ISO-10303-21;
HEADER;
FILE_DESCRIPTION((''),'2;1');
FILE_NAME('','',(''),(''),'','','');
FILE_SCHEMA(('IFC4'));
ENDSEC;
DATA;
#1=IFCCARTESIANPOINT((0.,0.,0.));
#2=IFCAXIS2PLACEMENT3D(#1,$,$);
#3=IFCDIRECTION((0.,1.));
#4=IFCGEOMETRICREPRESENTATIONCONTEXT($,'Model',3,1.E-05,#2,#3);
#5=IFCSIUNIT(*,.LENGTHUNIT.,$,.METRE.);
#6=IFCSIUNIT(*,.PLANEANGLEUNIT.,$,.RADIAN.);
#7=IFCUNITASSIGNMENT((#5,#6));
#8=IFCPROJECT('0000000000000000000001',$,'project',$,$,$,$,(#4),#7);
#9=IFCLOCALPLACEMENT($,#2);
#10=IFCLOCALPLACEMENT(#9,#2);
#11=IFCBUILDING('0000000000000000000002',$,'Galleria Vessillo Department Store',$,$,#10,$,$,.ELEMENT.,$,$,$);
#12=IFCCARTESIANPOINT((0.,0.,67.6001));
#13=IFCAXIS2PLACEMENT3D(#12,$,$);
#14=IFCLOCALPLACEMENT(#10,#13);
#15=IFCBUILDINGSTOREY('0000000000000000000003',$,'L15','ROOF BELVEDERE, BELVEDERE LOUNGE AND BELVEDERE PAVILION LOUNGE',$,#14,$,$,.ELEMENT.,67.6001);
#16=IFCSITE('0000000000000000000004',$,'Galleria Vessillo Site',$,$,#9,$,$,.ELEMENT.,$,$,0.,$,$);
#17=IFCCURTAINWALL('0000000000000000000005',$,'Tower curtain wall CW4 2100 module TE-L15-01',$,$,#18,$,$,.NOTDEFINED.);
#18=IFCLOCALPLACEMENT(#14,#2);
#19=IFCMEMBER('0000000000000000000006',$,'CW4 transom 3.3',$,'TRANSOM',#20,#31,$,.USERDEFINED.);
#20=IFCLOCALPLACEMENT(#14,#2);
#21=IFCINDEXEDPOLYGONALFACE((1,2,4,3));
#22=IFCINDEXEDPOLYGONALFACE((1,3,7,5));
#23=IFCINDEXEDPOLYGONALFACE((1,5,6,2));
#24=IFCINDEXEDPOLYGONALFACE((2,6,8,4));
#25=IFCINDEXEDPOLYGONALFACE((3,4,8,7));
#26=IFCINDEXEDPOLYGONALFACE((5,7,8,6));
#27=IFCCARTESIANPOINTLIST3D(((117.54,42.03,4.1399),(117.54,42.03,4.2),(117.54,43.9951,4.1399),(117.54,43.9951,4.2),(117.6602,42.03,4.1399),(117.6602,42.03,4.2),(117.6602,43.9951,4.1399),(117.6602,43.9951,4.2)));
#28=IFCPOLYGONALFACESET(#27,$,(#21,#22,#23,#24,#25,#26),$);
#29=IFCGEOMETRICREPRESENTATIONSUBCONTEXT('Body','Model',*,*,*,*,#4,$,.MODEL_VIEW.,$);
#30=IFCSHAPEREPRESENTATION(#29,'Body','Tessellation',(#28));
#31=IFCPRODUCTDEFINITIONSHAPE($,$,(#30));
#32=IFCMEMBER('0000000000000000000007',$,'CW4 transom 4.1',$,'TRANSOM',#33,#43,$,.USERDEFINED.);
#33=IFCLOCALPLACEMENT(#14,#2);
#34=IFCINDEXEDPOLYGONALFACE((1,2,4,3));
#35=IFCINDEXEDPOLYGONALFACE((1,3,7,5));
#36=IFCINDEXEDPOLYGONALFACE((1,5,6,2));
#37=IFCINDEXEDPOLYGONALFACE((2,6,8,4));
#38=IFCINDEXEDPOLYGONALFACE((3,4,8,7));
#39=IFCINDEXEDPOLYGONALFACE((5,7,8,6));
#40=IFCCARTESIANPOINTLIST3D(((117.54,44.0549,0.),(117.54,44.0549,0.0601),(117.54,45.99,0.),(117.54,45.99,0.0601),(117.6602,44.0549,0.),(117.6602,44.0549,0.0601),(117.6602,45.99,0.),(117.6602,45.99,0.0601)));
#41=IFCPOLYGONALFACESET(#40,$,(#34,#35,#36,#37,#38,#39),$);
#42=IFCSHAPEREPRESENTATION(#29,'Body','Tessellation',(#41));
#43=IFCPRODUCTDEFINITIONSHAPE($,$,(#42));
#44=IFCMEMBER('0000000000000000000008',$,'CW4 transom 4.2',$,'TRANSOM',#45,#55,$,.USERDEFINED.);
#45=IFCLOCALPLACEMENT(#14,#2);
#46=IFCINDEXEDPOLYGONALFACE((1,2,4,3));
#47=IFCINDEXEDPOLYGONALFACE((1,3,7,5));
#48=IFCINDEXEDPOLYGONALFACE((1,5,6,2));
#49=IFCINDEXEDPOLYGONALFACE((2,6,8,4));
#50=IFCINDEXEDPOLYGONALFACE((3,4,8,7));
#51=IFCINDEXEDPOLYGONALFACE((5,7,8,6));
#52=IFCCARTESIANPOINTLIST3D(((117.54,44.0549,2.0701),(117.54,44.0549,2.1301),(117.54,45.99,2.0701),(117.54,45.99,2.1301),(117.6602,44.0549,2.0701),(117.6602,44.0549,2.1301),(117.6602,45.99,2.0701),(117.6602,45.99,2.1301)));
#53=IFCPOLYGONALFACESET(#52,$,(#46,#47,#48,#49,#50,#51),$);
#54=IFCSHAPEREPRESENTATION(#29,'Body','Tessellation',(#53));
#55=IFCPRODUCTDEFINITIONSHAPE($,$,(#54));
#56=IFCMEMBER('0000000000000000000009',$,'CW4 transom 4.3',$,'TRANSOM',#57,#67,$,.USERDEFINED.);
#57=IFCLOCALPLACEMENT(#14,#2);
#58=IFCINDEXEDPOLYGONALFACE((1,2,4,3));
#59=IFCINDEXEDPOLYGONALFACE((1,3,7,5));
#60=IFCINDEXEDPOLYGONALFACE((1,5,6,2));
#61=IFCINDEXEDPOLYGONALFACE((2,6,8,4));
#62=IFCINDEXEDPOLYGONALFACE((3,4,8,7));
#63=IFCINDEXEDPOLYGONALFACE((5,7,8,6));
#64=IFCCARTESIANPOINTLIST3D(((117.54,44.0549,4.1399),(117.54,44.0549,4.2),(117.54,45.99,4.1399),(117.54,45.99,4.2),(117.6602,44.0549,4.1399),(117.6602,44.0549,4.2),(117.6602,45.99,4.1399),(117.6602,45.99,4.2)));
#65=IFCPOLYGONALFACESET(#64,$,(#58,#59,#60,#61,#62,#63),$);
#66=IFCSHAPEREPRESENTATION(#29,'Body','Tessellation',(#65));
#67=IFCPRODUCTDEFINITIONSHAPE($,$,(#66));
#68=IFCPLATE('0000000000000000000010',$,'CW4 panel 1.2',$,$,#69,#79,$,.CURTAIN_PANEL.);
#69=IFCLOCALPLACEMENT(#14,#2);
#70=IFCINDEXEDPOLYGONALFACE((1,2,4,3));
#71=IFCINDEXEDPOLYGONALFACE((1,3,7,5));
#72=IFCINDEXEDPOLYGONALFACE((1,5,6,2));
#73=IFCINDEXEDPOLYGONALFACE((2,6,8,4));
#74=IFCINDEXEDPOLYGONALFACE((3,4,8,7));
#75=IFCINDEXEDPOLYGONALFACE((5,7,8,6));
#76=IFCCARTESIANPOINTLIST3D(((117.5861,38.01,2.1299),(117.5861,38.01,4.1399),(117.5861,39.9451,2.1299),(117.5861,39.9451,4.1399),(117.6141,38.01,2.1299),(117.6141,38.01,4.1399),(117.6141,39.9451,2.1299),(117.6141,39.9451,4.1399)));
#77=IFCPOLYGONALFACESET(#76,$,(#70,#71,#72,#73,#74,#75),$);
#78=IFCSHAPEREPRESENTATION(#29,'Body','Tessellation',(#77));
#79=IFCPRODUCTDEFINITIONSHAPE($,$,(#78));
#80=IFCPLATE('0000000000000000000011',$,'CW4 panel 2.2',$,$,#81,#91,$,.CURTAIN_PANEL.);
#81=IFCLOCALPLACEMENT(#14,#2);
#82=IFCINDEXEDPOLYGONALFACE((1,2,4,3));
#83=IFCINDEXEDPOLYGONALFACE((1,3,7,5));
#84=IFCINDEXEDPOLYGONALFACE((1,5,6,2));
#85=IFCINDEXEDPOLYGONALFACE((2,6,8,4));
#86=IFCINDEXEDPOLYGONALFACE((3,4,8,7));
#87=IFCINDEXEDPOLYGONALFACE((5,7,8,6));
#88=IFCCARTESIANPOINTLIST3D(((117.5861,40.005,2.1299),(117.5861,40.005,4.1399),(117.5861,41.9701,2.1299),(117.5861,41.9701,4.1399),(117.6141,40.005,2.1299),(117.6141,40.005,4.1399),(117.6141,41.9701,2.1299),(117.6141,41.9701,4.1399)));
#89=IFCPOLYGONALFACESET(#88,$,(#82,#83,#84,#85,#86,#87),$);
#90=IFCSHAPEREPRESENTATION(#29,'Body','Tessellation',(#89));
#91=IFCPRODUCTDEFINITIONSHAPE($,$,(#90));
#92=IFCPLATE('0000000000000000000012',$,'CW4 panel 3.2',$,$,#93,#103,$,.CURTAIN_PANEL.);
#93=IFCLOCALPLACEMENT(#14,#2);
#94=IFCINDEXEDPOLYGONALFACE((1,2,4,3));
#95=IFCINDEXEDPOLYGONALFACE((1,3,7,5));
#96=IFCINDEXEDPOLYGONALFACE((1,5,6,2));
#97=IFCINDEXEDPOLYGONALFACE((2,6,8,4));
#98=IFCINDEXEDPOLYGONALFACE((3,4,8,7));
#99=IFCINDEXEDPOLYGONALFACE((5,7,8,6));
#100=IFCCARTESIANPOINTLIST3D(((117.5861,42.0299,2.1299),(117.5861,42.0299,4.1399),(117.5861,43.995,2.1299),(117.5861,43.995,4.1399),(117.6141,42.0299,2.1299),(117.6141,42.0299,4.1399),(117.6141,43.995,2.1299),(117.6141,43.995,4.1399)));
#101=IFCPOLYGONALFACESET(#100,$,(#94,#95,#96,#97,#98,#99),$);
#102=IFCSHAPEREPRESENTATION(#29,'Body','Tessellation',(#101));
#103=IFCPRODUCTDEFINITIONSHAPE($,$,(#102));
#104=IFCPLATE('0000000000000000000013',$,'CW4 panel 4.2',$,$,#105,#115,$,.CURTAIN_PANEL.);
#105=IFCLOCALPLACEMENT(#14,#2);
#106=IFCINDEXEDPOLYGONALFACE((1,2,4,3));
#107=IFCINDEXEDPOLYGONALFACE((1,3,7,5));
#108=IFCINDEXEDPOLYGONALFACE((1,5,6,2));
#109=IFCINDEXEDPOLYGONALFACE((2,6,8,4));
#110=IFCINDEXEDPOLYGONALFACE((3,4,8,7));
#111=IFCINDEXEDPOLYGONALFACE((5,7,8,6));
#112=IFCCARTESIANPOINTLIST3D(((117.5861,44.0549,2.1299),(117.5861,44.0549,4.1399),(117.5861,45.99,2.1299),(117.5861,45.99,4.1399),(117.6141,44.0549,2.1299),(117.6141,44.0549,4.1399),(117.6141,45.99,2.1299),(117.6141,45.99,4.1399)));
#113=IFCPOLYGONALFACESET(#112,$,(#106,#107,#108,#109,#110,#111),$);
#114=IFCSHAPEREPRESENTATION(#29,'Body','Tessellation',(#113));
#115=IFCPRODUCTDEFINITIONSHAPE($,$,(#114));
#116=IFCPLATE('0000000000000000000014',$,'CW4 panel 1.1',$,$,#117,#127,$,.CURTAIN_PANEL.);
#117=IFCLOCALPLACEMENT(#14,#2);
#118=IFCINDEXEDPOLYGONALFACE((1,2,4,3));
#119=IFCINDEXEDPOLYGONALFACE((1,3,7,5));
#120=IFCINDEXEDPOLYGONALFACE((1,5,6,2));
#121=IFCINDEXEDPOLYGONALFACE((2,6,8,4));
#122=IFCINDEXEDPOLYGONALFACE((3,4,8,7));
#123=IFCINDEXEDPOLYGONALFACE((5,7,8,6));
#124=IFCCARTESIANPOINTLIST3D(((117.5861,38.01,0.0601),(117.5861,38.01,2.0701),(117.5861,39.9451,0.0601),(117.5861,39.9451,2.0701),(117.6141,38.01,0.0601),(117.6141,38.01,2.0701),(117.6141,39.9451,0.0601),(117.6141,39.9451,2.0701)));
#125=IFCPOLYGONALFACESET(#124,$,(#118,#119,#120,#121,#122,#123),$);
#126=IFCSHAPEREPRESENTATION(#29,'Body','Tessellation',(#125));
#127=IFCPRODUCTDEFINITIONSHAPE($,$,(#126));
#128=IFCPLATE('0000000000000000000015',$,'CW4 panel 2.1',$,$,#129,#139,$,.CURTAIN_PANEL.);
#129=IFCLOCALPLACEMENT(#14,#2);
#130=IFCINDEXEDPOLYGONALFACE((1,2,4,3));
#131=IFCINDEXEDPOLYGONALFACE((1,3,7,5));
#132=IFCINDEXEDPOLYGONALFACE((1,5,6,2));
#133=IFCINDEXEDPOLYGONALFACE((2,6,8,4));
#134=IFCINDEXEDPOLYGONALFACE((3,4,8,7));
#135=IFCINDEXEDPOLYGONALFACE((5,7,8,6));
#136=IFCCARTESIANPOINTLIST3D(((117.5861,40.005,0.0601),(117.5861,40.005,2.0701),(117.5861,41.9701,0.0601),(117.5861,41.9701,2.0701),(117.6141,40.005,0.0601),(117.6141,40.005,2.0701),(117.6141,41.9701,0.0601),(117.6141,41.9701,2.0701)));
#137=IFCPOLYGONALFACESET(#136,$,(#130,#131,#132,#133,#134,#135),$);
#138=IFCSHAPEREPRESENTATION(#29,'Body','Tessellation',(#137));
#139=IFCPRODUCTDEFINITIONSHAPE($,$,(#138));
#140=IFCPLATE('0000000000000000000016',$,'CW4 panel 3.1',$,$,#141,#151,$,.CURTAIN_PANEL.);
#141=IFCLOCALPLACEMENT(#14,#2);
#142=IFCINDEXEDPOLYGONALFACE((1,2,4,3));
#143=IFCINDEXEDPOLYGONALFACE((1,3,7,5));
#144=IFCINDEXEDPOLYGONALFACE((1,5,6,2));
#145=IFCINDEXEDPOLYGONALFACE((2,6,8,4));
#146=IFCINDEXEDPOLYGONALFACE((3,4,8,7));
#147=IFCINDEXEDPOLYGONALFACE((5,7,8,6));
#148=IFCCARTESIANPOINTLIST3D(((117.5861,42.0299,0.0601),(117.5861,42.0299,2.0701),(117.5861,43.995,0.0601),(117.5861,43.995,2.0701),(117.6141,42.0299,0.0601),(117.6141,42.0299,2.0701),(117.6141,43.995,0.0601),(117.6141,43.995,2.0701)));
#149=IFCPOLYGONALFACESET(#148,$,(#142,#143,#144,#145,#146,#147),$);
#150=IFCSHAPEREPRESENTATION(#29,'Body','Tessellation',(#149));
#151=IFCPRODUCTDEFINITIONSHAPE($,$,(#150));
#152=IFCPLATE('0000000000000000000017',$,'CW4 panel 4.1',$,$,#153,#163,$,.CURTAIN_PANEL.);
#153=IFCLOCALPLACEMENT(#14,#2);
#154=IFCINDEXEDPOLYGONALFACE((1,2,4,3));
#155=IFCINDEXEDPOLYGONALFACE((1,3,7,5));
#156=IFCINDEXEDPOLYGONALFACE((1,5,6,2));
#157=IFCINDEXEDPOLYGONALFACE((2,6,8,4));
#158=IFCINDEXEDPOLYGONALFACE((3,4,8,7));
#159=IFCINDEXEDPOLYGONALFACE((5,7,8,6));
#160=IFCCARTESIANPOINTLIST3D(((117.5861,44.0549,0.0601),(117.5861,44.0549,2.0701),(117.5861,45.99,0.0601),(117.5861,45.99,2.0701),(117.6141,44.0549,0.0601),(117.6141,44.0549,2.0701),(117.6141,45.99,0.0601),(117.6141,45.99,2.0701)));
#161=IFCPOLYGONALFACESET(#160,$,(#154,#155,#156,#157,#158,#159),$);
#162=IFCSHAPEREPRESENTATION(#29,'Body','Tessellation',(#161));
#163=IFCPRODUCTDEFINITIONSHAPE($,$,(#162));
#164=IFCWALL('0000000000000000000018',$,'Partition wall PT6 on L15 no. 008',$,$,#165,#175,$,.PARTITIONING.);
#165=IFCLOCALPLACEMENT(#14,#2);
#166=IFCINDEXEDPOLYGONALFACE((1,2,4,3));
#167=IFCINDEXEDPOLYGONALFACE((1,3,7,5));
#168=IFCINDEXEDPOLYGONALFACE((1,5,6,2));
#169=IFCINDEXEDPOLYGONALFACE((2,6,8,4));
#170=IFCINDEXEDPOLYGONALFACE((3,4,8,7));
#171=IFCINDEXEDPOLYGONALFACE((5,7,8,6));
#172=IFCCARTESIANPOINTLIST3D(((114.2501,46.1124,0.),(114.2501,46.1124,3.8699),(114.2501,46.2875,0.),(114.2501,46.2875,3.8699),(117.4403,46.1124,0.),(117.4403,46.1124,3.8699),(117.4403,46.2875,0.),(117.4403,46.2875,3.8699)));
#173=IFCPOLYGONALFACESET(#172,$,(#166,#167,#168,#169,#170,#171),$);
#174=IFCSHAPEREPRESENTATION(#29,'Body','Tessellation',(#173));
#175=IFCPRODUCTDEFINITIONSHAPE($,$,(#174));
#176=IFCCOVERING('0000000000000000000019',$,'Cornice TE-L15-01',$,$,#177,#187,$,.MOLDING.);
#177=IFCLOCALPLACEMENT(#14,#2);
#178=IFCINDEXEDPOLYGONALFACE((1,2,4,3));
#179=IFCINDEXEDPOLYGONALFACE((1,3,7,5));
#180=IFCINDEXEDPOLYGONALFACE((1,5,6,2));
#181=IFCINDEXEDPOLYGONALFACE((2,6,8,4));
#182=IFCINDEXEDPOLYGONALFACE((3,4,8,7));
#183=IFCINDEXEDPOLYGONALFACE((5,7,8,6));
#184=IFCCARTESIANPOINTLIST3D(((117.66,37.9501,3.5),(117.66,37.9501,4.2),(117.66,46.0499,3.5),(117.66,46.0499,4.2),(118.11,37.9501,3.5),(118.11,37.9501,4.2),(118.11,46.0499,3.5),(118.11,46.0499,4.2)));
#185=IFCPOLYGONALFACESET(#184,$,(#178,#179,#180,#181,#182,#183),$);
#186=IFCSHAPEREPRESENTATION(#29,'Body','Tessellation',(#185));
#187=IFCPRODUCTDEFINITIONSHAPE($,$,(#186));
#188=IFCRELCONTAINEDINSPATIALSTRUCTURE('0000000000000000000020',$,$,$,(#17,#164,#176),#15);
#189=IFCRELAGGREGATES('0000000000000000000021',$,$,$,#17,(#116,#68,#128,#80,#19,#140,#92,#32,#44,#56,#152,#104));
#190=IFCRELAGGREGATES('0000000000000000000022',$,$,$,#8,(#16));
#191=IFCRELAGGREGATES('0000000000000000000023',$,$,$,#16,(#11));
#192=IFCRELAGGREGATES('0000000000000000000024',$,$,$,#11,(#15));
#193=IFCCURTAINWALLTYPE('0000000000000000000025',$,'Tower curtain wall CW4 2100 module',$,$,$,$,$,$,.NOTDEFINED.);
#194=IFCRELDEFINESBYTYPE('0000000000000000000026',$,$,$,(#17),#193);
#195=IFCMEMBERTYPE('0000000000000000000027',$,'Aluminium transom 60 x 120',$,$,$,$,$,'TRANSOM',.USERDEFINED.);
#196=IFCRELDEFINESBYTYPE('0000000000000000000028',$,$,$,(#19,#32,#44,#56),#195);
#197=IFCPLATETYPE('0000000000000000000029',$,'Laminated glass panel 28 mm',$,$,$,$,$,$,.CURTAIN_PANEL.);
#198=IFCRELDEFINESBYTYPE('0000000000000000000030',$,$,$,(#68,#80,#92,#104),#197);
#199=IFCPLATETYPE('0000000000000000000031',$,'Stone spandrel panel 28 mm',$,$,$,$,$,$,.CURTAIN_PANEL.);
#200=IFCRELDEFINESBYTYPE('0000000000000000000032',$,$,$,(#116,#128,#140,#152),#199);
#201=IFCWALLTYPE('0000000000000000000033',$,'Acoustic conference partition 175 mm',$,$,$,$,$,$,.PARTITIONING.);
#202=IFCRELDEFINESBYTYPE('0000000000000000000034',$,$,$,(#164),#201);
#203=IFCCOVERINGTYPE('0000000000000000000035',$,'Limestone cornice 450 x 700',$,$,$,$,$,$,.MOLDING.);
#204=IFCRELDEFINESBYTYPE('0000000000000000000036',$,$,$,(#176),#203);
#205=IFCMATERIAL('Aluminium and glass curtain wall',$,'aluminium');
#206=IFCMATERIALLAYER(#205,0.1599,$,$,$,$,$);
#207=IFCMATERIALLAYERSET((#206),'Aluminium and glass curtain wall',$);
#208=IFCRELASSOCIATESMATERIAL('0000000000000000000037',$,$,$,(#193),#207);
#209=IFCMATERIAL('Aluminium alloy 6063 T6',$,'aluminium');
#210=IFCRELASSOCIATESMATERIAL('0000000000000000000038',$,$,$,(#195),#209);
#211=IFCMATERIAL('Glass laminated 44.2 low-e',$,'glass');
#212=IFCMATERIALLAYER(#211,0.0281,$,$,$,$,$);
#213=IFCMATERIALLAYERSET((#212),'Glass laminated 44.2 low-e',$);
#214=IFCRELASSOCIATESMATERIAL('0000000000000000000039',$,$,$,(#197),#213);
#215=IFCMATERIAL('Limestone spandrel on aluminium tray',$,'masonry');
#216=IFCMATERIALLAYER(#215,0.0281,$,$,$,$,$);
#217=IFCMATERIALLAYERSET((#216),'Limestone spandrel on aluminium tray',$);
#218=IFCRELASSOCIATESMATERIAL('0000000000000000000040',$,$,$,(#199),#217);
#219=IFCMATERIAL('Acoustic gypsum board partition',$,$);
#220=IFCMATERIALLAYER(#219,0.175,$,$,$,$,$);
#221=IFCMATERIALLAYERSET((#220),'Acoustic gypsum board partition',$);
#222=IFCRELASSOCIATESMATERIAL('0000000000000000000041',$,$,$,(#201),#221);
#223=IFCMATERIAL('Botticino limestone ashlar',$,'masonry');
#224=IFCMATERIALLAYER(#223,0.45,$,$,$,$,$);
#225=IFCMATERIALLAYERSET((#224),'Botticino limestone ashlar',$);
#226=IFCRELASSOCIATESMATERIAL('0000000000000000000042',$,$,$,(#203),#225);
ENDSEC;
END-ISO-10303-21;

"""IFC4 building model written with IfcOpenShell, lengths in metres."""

from ifc_helpers import new_model, si_unit, direction, frame, frame_2d, origin, origin_2d, place, context, subcontext, project, spatial, rectangle, extrude, material, layer, layer_set, material_profile, profile_set, type_object, element, aggregate, save


model = new_model("IFC4")

# Units and contexts
model_context = context("Model", 3, precision=1e-05, world=origin(), true_north=direction((0.0, 1.0)))
body_context = subcontext(model_context, "Body", "Model", "MODEL_VIEW")
ifc_project = project(units=[si_unit("LENGTHUNIT", "METRE"), si_unit("PLANEANGLEUNIT", "RADIAN")], contexts=[model_context])

# Site, building, storey
site_placement = place(None, origin())
site = spatial("IfcSite", under=ifc_project, at=site_placement, Name="Galleria Vessillo Site", CompositionType="ELEMENT", RefElevation=0.0)
building_placement = place(site_placement, origin())
building = spatial("IfcBuilding", under=site, at=building_placement, Name="Galleria Vessillo Department Store", CompositionType="ELEMENT")
storey_placement = place(building_placement, frame((0.0, 0.0, 67.6001)))
storey = spatial("IfcBuildingStorey", under=building, at=storey_placement, Name="L15", Description="ROOF BELVEDERE, BELVEDERE LOUNGE AND BELVEDERE PAVILION LOUNGE", CompositionType="ELEMENT", Elevation=67.6001)

# Curtain wall, members, plates
ifc_material_1 = material(Name="Aluminium and glass curtain wall", Category="aluminium")
ifc_layer_1 = layer(ifc_material_1, 0.1599)
ifc_layer_set_1 = layer_set([ifc_layer_1], Name="Aluminium and glass curtain wall")
curtain_wall_type = type_object("IfcCurtainWallType", Name="Tower curtain wall CW4 2100 module", PredefinedType="NOTDEFINED", material=ifc_layer_set_1)
curtain_wall_placement = place(storey_placement, origin())
curtain_wall = element("IfcCurtainWall", 1, at=curtain_wall_placement, inside=storey, type_object=curtain_wall_type, Name="Tower curtain wall CW4 2100 module TE-L15-01", PredefinedType="NOTDEFINED")
ifc_material_2 = material(Name="Aluminium alloy 6063 T6", Category="aluminium")
ifc_material_profile_1 = material_profile(ifc_material_2, rectangle(XDim=0.1201, YDim=0.0601, at=origin_2d()), Name="AL 60x120")
ifc_profile_set_1 = profile_set([ifc_material_profile_1], Name="Aluminium alloy 6063 T6")
member_type_1 = type_object("IfcMemberType", Name="Aluminium transom 60 x 120", ElementType="TRANSOM", PredefinedType="USERDEFINED", material=ifc_profile_set_1)
member_1_placement = place(storey_placement, frame((117.6001, 42.03, 4.1699), z_axis=(0.0, 1.0, 0.0), x_axis=(-1.0, 0.0, 0.0)))
member_1 = element("IfcMember", 2, at=member_1_placement, type_object=member_type_1, Name="CW4 transom 3.3", ObjectType="TRANSOM", PredefinedType="USERDEFINED", context=body_context, shape_type="SweptSolid", body=[
    extrude(rectangle(XDim=0.1201, YDim=0.0601, at=origin_2d()), origin(), (0.0, 0.0, 1.0), 1.9651),
])
member_2_placement = place(storey_placement, frame((117.6001, 44.0549, 0.03), z_axis=(0.0, 1.0, 0.0), x_axis=(-1.0, 0.0, 0.0)))
member_2 = element("IfcMember", 3, at=member_2_placement, type_object=member_type_1, Name="CW4 transom 4.1", ObjectType="TRANSOM", PredefinedType="USERDEFINED", context=body_context, shape_type="SweptSolid", body=[
    extrude(rectangle(XDim=0.1201, YDim=0.0601, at=origin_2d()), origin(), (0.0, 0.0, 1.0), 1.9351),
])
member_3_placement = place(storey_placement, frame((117.6001, 44.0549, 2.1001), z_axis=(0.0, 1.0, 0.0), x_axis=(-1.0, 0.0, 0.0)))
member_3 = element("IfcMember", 4, at=member_3_placement, type_object=member_type_1, Name="CW4 transom 4.2", ObjectType="TRANSOM", PredefinedType="USERDEFINED", context=body_context, shape_type="SweptSolid", body=[
    extrude(rectangle(XDim=0.1201, YDim=0.0601, at=origin_2d()), origin(), (0.0, 0.0, 1.0), 1.9351),
])
member_4_placement = place(storey_placement, frame((117.6001, 44.0549, 4.1699), z_axis=(0.0, 1.0, 0.0), x_axis=(-1.0, 0.0, 0.0)))
member_4 = element("IfcMember", 5, at=member_4_placement, type_object=member_type_1, Name="CW4 transom 4.3", ObjectType="TRANSOM", PredefinedType="USERDEFINED", context=body_context, shape_type="SweptSolid", body=[
    extrude(rectangle(XDim=0.1201, YDim=0.0601, at=origin_2d()), origin(), (0.0, 0.0, 1.0), 1.9351),
])
ifc_material_3 = material(Name="Glass laminated 44.2 low-e", Category="glass")
ifc_layer_2 = layer(ifc_material_3, 0.0281)
ifc_layer_set_2 = layer_set([ifc_layer_2], Name="Glass laminated 44.2 low-e")
plate_type_1 = type_object("IfcPlateType", Name="Laminated glass panel 28 mm", PredefinedType="CURTAIN_PANEL", material=ifc_layer_set_2)
plate_1_placement = place(storey_placement, frame((117.6001, 38.9775, 2.1299), z_axis=(0.0, 0.0, 1.0), x_axis=(0.0, 1.0, 0.0)))
plate_1 = element("IfcPlate", 6, at=plate_1_placement, type_object=plate_type_1, Name="CW4 panel 1.2", PredefinedType="CURTAIN_PANEL", context=body_context, shape_type="SweptSolid", body=[
    extrude(rectangle(XDim=1.9351, YDim=0.0281, at=origin_2d()), origin(), (0.0, 0.0, 1.0), 2.01),
])
plate_2_placement = place(storey_placement, frame((117.6001, 40.9875, 2.1299), z_axis=(0.0, 0.0, 1.0), x_axis=(0.0, 1.0, 0.0)))
plate_2 = element("IfcPlate", 7, at=plate_2_placement, type_object=plate_type_1, Name="CW4 panel 2.2", PredefinedType="CURTAIN_PANEL", context=body_context, shape_type="SweptSolid", body=[
    extrude(rectangle(XDim=1.9651, YDim=0.0281, at=origin_2d()), origin(), (0.0, 0.0, 1.0), 2.01),
])
plate_3_placement = place(storey_placement, frame((117.6001, 43.0125, 2.1299), z_axis=(0.0, 0.0, 1.0), x_axis=(0.0, 1.0, 0.0)))
plate_3 = element("IfcPlate", 8, at=plate_3_placement, type_object=plate_type_1, Name="CW4 panel 3.2", PredefinedType="CURTAIN_PANEL", context=body_context, shape_type="SweptSolid", body=[
    extrude(rectangle(XDim=1.9651, YDim=0.0281, at=origin_2d()), origin(), (0.0, 0.0, 1.0), 2.01),
])
plate_4_placement = place(storey_placement, frame((117.6001, 45.0225, 2.1299), z_axis=(0.0, 0.0, 1.0), x_axis=(0.0, 1.0, 0.0)))
plate_4 = element("IfcPlate", 9, at=plate_4_placement, type_object=plate_type_1, Name="CW4 panel 4.2", PredefinedType="CURTAIN_PANEL", context=body_context, shape_type="SweptSolid", body=[
    extrude(rectangle(XDim=1.9351, YDim=0.0281, at=origin_2d()), origin(), (0.0, 0.0, 1.0), 2.01),
])
ifc_material_4 = material(Name="Limestone spandrel on aluminium tray", Category="masonry")
ifc_layer_3 = layer(ifc_material_4, 0.0281)
ifc_layer_set_3 = layer_set([ifc_layer_3], Name="Limestone spandrel on aluminium tray")
plate_type_2 = type_object("IfcPlateType", Name="Stone spandrel panel 28 mm", PredefinedType="CURTAIN_PANEL", material=ifc_layer_set_3)
plate_5_placement = place(storey_placement, frame((117.6001, 38.9775, 0.0601), z_axis=(0.0, 0.0, 1.0), x_axis=(0.0, 1.0, 0.0)))
plate_5 = element("IfcPlate", 10, at=plate_5_placement, type_object=plate_type_2, Name="CW4 panel 1.1", PredefinedType="CURTAIN_PANEL", context=body_context, shape_type="SweptSolid", body=[
    extrude(rectangle(XDim=1.9351, YDim=0.0281, at=origin_2d()), origin(), (0.0, 0.0, 1.0), 2.01),
])
plate_6_placement = place(storey_placement, frame((117.6001, 40.9875, 0.0601), z_axis=(0.0, 0.0, 1.0), x_axis=(0.0, 1.0, 0.0)))
plate_6 = element("IfcPlate", 11, at=plate_6_placement, type_object=plate_type_2, Name="CW4 panel 2.1", PredefinedType="CURTAIN_PANEL", context=body_context, shape_type="SweptSolid", body=[
    extrude(rectangle(XDim=1.9651, YDim=0.0281, at=origin_2d()), origin(), (0.0, 0.0, 1.0), 2.01),
])
plate_7_placement = place(storey_placement, frame((117.6001, 43.0125, 0.0601), z_axis=(0.0, 0.0, 1.0), x_axis=(0.0, 1.0, 0.0)))
plate_7 = element("IfcPlate", 12, at=plate_7_placement, type_object=plate_type_2, Name="CW4 panel 3.1", PredefinedType="CURTAIN_PANEL", context=body_context, shape_type="SweptSolid", body=[
    extrude(rectangle(XDim=1.9651, YDim=0.0281, at=origin_2d()), origin(), (0.0, 0.0, 1.0), 2.01),
])
plate_8_placement = place(storey_placement, frame((117.6001, 45.0225, 0.0601), z_axis=(0.0, 0.0, 1.0), x_axis=(0.0, 1.0, 0.0)))
plate_8 = element("IfcPlate", 13, at=plate_8_placement, type_object=plate_type_2, Name="CW4 panel 4.1", PredefinedType="CURTAIN_PANEL", context=body_context, shape_type="SweptSolid", body=[
    extrude(rectangle(XDim=1.9351, YDim=0.0281, at=origin_2d()), origin(), (0.0, 0.0, 1.0), 2.01),
])
aggregate(curtain_wall, [plate_5, plate_1, plate_6, plate_2, member_1, plate_7, plate_3, member_2, member_3, member_4, plate_8, plate_4])

# Wall
ifc_material_5 = material(Name="Acoustic gypsum board partition")
ifc_layer_4 = layer(ifc_material_5, 0.175)
ifc_layer_set_4 = layer_set([ifc_layer_4], Name="Acoustic gypsum board partition")
wall_type = type_object("IfcWallType", Name="Acoustic conference partition 175 mm", PredefinedType="PARTITIONING", material=ifc_layer_set_4)
wall_placement = place(storey_placement, frame((114.25, 46.2, 0.0), z_axis=(0.0, 0.0, 1.0), x_axis=(1.0, 0.0, 0.0)))
element("IfcWall", 14, at=wall_placement, inside=storey, type_object=wall_type, Name="Partition wall PT6 on L15 no. 008", PredefinedType="PARTITIONING", context=body_context, shape_type="SweptSolid", body=[
    extrude(rectangle(XDim=3.1902, YDim=0.175, at=frame_2d((1.5952, 0.0))), origin(), (0.0, 0.0, 1.0), 3.8699),
])

# Covering
ifc_material_6 = material(Name="Botticino limestone ashlar", Category="masonry")
ifc_layer_5 = layer(ifc_material_6, 0.45)
ifc_layer_set_5 = layer_set([ifc_layer_5], Name="Botticino limestone ashlar")
covering_type_1 = type_object("IfcCoveringType", Name="Limestone cornice 450 x 700", PredefinedType="MOLDING", material=ifc_layer_set_5)
covering_1_placement = place(storey_placement, frame((117.885, 42.0, 3.5), z_axis=(0.0, 0.0, 1.0), x_axis=(1.0, 0.0, 0.0)))
element("IfcCovering", 15, at=covering_1_placement, inside=storey, type_object=covering_type_1, Name="Cornice TE-L15-01", PredefinedType="MOLDING", context=body_context, shape_type="SweptSolid", body=[
    extrude(rectangle(XDim=0.45, YDim=8.0999, at=origin_2d()), origin(), (0.0, 0.0, 1.0), 0.7),
])

save(model, "model.ifc")
